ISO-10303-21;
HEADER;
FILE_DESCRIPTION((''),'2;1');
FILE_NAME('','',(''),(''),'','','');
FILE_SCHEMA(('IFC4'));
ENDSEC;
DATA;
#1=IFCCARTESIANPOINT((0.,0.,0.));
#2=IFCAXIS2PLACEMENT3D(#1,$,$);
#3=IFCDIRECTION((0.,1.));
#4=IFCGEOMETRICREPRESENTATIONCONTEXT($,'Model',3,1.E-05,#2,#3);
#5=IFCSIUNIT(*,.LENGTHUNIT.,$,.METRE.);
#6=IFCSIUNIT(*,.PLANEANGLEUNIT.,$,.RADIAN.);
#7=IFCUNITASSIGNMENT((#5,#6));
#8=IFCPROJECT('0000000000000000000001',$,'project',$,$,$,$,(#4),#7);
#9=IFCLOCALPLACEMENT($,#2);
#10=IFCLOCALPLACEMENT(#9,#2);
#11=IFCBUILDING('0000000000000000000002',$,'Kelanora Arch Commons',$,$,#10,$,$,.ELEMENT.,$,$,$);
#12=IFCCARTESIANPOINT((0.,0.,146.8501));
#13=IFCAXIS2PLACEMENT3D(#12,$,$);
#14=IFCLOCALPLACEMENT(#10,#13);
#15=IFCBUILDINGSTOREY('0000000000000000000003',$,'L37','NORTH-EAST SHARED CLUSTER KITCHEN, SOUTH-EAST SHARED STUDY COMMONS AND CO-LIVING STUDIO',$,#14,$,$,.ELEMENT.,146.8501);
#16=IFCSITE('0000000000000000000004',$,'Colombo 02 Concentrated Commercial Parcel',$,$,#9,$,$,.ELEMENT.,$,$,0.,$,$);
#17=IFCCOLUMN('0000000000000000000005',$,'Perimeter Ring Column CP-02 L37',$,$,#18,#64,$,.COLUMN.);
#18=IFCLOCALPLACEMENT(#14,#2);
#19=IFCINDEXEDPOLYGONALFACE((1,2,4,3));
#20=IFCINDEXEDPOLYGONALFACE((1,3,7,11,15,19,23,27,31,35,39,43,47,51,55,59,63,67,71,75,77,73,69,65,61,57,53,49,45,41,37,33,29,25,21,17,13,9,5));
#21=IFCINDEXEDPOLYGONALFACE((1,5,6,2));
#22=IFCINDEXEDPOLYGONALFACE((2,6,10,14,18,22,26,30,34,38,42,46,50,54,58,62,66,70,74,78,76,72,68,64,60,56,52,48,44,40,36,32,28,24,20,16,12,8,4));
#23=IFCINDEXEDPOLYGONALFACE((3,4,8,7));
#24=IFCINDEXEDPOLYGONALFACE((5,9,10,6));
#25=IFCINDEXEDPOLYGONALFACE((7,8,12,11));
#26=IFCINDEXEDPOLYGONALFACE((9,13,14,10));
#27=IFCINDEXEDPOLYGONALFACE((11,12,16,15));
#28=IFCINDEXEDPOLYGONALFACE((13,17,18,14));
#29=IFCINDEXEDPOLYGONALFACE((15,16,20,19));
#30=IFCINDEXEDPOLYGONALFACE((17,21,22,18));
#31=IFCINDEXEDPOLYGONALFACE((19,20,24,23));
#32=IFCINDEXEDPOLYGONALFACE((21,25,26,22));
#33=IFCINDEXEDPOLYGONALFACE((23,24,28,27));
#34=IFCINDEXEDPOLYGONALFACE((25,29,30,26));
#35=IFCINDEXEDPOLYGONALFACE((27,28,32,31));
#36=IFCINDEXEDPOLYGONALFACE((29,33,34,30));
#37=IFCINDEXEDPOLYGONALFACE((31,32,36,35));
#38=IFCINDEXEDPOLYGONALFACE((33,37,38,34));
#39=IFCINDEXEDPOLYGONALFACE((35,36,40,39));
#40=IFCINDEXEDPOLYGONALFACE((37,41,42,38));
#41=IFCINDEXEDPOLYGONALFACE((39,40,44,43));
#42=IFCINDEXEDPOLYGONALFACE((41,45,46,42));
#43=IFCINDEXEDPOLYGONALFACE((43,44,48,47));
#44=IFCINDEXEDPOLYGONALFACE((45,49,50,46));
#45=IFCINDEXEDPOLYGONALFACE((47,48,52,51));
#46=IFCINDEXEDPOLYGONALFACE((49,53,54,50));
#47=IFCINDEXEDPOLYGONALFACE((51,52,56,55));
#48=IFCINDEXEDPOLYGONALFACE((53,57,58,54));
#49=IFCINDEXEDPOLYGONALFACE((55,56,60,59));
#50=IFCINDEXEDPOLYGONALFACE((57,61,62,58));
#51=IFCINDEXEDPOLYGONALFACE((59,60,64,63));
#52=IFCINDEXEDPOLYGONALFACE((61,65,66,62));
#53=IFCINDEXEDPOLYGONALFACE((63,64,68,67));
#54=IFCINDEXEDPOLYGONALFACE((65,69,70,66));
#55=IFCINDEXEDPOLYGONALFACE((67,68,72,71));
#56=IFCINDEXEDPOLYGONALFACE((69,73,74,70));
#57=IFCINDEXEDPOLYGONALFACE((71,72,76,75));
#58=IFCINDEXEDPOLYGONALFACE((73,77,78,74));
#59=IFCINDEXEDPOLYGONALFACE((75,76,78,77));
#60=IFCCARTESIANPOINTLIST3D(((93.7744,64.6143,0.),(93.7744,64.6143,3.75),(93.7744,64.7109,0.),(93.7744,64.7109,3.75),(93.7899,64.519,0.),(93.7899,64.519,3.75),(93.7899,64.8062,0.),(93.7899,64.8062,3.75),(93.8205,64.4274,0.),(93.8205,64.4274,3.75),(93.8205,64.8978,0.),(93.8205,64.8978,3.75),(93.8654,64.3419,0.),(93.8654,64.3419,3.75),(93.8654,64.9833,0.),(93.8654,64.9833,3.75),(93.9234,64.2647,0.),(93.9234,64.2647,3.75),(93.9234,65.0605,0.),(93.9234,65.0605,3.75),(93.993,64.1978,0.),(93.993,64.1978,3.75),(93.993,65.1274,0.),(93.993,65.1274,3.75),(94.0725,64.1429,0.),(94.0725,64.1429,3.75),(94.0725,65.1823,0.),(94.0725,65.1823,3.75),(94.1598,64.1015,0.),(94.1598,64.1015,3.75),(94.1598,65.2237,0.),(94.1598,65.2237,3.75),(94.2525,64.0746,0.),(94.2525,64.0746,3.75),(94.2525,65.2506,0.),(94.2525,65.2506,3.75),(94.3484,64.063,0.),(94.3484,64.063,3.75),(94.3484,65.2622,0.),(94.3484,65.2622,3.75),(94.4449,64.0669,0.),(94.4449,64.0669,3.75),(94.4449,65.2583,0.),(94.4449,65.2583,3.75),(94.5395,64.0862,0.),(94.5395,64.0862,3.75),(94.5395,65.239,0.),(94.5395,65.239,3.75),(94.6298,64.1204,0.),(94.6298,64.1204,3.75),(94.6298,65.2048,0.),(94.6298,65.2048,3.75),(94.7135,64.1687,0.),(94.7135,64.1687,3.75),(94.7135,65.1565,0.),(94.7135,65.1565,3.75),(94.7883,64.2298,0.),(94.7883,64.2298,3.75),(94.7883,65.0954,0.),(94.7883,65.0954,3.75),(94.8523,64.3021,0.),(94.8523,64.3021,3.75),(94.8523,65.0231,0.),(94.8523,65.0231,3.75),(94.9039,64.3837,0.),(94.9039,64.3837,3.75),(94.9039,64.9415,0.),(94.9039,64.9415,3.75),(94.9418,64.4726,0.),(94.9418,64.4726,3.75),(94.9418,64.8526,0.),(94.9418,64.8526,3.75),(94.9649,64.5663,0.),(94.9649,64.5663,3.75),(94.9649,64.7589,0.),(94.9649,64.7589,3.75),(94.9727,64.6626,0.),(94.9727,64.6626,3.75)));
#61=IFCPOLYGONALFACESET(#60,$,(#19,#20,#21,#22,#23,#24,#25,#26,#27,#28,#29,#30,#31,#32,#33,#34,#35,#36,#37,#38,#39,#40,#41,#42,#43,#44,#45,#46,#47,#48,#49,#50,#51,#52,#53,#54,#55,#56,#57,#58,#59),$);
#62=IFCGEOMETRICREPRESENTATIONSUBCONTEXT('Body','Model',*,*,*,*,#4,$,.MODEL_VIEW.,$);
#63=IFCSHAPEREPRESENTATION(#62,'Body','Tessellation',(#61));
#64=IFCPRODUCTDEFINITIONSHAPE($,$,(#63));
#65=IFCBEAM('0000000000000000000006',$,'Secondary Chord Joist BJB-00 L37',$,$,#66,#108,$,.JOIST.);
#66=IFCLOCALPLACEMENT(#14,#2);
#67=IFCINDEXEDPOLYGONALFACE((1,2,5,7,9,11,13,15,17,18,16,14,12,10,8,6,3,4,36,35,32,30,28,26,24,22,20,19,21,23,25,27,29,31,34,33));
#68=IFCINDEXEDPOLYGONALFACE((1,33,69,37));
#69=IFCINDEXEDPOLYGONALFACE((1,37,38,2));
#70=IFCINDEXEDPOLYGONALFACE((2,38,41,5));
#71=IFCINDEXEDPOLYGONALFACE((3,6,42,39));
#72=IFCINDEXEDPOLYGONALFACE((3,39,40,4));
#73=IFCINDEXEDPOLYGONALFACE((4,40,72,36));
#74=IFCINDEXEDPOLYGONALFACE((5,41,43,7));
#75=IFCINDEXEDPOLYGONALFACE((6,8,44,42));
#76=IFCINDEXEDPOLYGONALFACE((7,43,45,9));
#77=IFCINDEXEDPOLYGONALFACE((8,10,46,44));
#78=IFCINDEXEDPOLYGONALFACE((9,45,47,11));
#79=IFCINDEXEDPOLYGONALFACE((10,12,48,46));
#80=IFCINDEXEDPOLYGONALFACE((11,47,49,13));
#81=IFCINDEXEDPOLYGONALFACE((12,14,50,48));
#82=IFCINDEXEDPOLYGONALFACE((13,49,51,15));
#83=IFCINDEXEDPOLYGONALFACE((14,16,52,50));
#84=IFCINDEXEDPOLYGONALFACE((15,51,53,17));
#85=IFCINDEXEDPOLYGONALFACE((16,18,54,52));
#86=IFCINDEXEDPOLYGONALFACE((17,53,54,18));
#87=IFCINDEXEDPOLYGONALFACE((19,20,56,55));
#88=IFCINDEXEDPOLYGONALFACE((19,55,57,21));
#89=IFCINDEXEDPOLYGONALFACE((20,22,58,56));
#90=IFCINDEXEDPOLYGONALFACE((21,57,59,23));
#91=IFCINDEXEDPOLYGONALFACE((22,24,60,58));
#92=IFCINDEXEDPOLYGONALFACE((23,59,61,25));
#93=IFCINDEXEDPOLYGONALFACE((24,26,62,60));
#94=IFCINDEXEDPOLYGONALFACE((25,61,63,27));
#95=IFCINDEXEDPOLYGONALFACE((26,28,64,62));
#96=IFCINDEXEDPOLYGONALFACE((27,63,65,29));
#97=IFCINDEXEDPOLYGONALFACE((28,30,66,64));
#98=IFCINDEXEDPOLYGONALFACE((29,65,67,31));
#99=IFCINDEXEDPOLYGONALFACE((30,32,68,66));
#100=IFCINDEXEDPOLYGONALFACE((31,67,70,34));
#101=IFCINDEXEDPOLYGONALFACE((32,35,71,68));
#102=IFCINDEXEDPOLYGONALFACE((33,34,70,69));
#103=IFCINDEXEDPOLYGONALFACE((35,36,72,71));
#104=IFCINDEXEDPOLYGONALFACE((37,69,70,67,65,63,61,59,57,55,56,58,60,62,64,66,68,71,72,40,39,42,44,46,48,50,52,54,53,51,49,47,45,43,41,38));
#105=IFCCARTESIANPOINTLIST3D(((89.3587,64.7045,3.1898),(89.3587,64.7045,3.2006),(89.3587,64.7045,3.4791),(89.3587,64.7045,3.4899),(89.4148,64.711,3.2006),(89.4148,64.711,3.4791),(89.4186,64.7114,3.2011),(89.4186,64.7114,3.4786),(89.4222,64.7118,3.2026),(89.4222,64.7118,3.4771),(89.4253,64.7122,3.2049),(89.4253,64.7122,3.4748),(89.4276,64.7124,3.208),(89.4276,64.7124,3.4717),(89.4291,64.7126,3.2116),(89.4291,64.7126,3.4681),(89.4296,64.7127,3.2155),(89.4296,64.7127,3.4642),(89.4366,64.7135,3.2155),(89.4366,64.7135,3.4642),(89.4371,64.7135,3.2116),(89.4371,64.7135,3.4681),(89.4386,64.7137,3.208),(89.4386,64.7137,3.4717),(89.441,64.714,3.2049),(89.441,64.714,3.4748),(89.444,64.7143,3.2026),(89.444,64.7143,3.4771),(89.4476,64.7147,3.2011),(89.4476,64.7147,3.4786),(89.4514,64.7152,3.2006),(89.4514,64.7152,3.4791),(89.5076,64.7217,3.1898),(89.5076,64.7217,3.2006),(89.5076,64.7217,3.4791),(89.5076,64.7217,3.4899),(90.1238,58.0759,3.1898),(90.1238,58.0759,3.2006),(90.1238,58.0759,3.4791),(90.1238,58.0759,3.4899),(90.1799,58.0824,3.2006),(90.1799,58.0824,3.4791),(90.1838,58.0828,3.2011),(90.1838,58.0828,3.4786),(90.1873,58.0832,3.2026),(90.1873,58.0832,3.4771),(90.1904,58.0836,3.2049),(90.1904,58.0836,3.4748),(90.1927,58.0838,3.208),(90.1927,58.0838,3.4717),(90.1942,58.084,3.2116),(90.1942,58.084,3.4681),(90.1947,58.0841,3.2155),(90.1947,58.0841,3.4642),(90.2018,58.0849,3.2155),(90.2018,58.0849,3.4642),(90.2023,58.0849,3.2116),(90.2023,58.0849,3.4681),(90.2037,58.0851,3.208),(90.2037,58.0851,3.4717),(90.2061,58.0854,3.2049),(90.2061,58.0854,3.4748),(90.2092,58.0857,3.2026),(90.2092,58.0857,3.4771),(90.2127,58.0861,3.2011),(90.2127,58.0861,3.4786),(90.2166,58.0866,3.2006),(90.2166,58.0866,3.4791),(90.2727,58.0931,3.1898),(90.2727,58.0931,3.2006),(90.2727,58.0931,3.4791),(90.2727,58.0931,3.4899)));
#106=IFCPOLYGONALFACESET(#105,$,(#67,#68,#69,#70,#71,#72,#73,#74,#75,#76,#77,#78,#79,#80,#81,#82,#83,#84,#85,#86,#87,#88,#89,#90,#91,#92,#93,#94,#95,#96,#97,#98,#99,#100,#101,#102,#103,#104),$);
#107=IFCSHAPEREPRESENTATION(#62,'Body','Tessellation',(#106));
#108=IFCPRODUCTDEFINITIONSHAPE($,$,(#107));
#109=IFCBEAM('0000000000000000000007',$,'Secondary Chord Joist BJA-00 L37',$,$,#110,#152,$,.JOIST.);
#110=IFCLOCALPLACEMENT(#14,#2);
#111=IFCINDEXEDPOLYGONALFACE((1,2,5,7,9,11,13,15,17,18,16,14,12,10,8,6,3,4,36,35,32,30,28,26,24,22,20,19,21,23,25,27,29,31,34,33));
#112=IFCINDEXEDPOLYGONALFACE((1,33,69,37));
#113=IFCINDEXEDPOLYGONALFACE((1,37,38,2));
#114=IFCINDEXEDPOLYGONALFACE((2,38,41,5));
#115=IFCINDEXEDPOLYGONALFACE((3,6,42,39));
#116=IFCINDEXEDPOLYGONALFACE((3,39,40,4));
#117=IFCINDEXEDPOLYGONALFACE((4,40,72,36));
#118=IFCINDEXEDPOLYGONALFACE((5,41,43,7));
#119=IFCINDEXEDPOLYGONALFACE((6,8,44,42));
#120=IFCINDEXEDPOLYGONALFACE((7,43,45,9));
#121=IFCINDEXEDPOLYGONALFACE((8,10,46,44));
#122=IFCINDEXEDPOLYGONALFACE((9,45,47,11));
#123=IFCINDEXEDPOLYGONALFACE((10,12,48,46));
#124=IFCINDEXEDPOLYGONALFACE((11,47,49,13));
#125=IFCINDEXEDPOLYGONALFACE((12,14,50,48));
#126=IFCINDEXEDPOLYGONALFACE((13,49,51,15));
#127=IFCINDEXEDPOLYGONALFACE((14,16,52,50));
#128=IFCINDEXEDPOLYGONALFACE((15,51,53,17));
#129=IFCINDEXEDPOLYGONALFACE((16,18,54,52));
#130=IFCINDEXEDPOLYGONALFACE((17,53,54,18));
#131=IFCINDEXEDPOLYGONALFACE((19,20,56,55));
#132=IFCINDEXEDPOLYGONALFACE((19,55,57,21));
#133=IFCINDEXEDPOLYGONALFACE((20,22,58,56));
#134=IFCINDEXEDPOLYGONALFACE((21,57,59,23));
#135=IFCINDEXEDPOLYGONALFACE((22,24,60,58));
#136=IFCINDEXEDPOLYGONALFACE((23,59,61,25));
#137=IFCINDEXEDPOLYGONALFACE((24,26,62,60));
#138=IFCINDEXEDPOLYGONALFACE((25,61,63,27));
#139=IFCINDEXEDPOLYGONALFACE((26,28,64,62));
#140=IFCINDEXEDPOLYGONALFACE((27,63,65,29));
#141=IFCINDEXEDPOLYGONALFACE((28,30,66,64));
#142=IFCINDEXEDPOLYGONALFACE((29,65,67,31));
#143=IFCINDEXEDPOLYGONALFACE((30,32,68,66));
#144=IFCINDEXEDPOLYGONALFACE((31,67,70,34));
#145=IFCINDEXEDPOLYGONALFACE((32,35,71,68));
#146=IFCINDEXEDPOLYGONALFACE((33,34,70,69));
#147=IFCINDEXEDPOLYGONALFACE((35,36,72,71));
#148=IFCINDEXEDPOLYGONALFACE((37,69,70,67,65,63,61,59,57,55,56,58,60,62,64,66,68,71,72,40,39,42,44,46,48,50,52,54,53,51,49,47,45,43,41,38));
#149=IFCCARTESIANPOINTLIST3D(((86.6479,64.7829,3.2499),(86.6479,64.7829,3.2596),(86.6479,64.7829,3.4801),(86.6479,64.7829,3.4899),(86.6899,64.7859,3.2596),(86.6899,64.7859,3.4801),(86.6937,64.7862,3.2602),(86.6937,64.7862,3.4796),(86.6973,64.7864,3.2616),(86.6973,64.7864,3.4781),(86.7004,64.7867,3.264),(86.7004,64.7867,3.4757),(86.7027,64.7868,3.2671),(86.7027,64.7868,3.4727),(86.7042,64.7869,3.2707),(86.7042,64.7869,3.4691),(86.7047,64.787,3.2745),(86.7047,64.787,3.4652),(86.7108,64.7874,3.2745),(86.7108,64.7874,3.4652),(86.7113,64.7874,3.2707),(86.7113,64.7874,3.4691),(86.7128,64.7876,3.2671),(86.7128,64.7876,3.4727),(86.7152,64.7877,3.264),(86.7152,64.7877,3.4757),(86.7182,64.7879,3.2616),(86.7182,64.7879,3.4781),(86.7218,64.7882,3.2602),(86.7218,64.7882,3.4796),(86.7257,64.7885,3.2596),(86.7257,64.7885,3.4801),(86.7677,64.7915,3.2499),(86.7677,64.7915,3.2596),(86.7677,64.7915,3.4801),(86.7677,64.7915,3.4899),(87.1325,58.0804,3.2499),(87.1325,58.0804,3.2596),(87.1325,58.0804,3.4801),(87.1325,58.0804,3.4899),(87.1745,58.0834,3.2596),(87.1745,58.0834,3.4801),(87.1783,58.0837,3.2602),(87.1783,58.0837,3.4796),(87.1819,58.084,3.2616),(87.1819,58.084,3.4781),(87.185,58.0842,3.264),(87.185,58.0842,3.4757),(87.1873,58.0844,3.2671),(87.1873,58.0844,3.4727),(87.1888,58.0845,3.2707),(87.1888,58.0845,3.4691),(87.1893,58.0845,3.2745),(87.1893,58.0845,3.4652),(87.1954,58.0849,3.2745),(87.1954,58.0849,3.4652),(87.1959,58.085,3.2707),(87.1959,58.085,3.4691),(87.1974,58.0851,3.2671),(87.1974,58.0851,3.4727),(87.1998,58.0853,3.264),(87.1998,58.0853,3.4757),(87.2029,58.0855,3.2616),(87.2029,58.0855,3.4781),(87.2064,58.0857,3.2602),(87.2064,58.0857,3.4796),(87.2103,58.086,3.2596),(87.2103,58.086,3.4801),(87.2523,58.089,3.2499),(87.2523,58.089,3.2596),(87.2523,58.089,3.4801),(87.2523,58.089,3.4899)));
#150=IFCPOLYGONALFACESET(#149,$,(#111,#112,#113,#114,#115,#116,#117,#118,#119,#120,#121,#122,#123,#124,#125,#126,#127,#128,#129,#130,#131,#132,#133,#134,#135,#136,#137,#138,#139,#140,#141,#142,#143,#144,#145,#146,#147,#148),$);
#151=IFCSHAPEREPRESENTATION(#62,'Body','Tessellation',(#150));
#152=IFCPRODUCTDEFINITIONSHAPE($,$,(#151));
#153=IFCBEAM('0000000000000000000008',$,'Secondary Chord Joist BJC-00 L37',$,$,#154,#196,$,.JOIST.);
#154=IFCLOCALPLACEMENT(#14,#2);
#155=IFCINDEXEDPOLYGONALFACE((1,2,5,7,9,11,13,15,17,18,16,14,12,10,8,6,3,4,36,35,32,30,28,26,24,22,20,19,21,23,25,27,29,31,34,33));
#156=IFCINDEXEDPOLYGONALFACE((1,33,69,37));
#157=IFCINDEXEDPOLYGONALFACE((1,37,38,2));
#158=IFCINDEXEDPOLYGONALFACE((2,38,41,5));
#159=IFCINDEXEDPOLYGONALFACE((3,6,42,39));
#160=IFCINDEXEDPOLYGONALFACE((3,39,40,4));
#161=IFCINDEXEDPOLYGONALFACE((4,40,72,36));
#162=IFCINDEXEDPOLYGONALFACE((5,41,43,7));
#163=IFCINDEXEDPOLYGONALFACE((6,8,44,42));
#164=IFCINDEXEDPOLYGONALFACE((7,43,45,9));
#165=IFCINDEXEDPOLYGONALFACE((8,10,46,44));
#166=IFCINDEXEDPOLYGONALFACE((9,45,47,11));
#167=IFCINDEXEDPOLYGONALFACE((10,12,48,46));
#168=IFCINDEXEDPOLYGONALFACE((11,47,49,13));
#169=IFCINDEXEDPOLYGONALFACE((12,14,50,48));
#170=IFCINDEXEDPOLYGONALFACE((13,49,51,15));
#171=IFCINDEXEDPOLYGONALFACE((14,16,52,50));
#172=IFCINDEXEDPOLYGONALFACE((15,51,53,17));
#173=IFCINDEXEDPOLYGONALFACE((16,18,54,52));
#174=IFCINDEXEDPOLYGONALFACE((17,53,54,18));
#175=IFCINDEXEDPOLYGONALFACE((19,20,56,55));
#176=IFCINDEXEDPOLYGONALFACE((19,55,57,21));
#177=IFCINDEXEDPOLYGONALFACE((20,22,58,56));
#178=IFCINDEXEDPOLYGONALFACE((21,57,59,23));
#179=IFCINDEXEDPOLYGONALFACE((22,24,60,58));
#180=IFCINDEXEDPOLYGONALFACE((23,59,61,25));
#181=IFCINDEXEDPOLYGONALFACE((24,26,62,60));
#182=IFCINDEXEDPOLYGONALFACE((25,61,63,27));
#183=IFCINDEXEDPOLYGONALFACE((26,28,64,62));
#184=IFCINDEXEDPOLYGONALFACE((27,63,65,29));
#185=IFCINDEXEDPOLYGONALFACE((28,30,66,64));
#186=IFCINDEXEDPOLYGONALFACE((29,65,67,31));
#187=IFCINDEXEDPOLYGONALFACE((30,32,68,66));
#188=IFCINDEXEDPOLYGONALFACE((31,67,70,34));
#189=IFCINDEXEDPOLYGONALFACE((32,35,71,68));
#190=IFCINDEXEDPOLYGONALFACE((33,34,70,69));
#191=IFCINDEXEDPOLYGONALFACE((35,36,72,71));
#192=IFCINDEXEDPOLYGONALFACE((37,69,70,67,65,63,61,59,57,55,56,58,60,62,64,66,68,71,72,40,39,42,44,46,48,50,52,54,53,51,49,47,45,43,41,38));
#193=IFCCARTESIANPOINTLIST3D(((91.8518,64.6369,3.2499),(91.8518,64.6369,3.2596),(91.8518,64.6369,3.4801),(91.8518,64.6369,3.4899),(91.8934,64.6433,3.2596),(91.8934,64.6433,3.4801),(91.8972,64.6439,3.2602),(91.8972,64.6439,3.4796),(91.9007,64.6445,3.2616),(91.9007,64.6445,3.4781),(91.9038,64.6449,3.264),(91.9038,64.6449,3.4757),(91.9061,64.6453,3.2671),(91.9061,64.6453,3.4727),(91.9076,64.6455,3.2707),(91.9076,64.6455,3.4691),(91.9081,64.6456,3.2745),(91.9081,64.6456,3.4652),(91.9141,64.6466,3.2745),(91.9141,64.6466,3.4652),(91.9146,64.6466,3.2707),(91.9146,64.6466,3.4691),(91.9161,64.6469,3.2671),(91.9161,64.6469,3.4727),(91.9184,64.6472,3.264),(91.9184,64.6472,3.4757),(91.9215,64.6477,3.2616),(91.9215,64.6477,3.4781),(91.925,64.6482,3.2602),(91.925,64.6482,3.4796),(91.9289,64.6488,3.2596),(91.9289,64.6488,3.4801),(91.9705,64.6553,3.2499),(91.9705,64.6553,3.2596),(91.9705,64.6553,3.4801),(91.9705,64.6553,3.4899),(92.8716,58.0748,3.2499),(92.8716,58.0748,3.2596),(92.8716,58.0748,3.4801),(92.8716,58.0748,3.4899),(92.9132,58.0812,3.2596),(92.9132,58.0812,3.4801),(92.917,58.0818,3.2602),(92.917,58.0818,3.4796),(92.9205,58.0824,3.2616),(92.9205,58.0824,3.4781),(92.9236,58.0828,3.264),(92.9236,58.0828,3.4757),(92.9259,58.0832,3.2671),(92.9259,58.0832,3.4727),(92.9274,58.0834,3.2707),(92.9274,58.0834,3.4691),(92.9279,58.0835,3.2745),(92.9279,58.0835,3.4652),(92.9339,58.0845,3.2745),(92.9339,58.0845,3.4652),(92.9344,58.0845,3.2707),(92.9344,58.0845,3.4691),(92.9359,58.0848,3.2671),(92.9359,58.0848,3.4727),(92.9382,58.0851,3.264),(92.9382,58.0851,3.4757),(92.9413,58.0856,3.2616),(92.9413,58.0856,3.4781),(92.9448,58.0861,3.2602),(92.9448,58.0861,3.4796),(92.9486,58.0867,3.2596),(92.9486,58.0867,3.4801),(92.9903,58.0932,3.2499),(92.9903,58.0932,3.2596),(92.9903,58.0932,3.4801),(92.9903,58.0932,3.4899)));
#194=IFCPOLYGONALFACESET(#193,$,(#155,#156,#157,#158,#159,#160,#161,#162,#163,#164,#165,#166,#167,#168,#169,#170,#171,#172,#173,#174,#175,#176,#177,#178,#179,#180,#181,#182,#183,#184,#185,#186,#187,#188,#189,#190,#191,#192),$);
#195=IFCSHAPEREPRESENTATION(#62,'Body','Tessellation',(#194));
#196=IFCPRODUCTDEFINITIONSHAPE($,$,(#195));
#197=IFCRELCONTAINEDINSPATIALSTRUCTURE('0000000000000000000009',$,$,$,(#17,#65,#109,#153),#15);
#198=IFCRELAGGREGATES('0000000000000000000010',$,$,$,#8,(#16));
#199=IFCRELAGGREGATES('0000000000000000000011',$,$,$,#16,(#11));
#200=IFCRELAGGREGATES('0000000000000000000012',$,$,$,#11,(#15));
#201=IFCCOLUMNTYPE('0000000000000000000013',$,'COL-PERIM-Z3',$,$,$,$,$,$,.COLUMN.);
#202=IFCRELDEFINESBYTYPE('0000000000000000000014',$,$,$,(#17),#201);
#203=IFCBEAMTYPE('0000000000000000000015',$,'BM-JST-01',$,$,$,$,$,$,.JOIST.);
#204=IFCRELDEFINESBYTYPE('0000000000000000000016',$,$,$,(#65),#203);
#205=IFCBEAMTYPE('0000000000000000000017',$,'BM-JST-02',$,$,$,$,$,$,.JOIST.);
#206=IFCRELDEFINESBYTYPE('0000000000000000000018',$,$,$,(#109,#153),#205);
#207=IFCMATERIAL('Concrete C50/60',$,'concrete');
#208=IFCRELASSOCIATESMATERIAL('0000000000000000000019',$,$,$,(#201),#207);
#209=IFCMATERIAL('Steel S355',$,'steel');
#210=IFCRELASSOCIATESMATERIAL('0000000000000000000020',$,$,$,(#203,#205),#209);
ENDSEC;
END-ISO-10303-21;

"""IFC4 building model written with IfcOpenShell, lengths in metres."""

from ifc_helpers import new_model, si_unit, direction, frame, origin, origin_2d, place, context, subcontext, project, spatial, circle, i_section, extrude, material, material_profile, profile_set, type_object, element, save


model = new_model("IFC4")

# Units and contexts
model_context = context("Model", 3, precision=1e-05, world=origin(), true_north=direction((0.0, 1.0)))
body_context = subcontext(model_context, "Body", "Model", "MODEL_VIEW")
ifc_project = project(units=[si_unit("LENGTHUNIT", "METRE"), si_unit("PLANEANGLEUNIT", "RADIAN")], contexts=[model_context])

# Site, building, storey
site_placement = place(None, origin())
site = spatial("IfcSite", under=ifc_project, at=site_placement, Name="Colombo 02 Concentrated Commercial Parcel", CompositionType="ELEMENT", RefElevation=0.0)
building_placement = place(site_placement, origin())
building = spatial("IfcBuilding", under=site, at=building_placement, Name="Kelanora Arch Commons", CompositionType="ELEMENT")
storey_placement = place(building_placement, frame((0.0, 0.0, 146.8501)))
storey = spatial("IfcBuildingStorey", under=building, at=storey_placement, Name="L37", Description="NORTH-EAST SHARED CLUSTER KITCHEN, SOUTH-EAST SHARED STUDY COMMONS AND CO-LIVING STUDIO", CompositionType="ELEMENT", Elevation=146.8501)

# Column
ifc_material_1 = material(Name="Concrete C50/60", Category="concrete")
ifc_material_profile_1 = material_profile(ifc_material_1, circle(Radius=0.6001, at=origin_2d()), Name="RCC1200")
ifc_profile_set_1 = profile_set([ifc_material_profile_1], Name="Concrete C50/60")
column_type = type_object("IfcColumnType", Name="COL-PERIM-Z3", PredefinedType="COLUMN", material=ifc_profile_set_1)
column_placement = place(storey_placement, frame((94.3726, 64.6626, 0.0), z_axis=(0.0, 0.0, 1.0), x_axis=(1.0, 0.0, 0.0)))
element("IfcColumn", 1, at=column_placement, inside=storey, type_object=column_type, Name="Perimeter Ring Column CP-02 L37", PredefinedType="COLUMN", context=body_context, shape_type="SweptSolid", body=[
    extrude(circle(Radius=0.6001, at=origin_2d()), origin(), (0.0, 0.0, 1.0), 3.75),
])

# Beams
ifc_material_2 = material(Name="Steel S355", Category="steel")
ifc_material_profile_2 = material_profile(ifc_material_2, i_section(OverallWidth=0.1499, OverallDepth=0.3, WebThickness=0.0071, FlangeThickness=0.0107, FilletRadius=0.0149, at=origin_2d()), Name="IPE300")
ifc_profile_set_2 = profile_set([ifc_material_profile_2], Name="Steel S355")
beam_type_1 = type_object("IfcBeamType", Name="BM-JST-01", PredefinedType="JOIST", material=ifc_profile_set_2)
beam_1_placement = place(storey_placement, frame((90.1982, 58.0845, 3.3398), z_axis=(-0.114667, 0.993404, 0.0), x_axis=(-0.993404, -0.114667, 0.0)))
element("IfcBeam", 2, at=beam_1_placement, inside=storey, type_object=beam_type_1, Name="Secondary Chord Joist BJB-00 L37", PredefinedType="JOIST", context=body_context, shape_type="SweptSolid", body=[
    extrude(i_section(OverallWidth=0.1499, OverallDepth=0.3, WebThickness=0.0071, FlangeThickness=0.0107, FilletRadius=0.0149, at=origin_2d()), origin(), (0.0, 0.0, 1.0), 6.6726),
])
ifc_material_profile_3 = material_profile(ifc_material_2, i_section(OverallWidth=0.1201, OverallDepth=0.24, WebThickness=0.0061, FlangeThickness=0.0098, FilletRadius=0.0149, at=origin_2d()), Name="IPE240")
ifc_profile_set_3 = profile_set([ifc_material_profile_3], Name="Steel S355")
beam_type_2 = type_object("IfcBeamType", Name="BM-JST-02", PredefinedType="JOIST", material=ifc_profile_set_3)
beam_2_placement = place(storey_placement, frame((87.1924, 58.0847, 3.3699), z_axis=(-0.072117, 0.997396, 0.0), x_axis=(-0.997396, -0.072117, 0.0)))
element("IfcBeam", 3, at=beam_2_placement, inside=storey, type_object=beam_type_2, Name="Secondary Chord Joist BJA-00 L37", PredefinedType="JOIST", context=body_context, shape_type="SweptSolid", body=[
    extrude(i_section(OverallWidth=0.1201, OverallDepth=0.24, WebThickness=0.0061, FlangeThickness=0.0098, FilletRadius=0.0149, at=origin_2d()), origin(), (0.0, 0.0, 1.0), 6.72),
])
beam_3_placement = place(storey_placement, frame((92.9309, 58.084, 3.3699), z_axis=(-0.153563, 0.988139, 0.0), x_axis=(-0.988139, -0.153563, 0.0)))
element("IfcBeam", 4, at=beam_3_placement, inside=storey, type_object=beam_type_2, Name="Secondary Chord Joist BJC-00 L37", PredefinedType="JOIST", context=body_context, shape_type="SweptSolid", body=[
    extrude(i_section(OverallWidth=0.1201, OverallDepth=0.24, WebThickness=0.0061, FlangeThickness=0.0098, FilletRadius=0.0149, at=origin_2d()), origin(), (0.0, 0.0, 1.0), 6.6409),
])

save(model, "model.ifc")
